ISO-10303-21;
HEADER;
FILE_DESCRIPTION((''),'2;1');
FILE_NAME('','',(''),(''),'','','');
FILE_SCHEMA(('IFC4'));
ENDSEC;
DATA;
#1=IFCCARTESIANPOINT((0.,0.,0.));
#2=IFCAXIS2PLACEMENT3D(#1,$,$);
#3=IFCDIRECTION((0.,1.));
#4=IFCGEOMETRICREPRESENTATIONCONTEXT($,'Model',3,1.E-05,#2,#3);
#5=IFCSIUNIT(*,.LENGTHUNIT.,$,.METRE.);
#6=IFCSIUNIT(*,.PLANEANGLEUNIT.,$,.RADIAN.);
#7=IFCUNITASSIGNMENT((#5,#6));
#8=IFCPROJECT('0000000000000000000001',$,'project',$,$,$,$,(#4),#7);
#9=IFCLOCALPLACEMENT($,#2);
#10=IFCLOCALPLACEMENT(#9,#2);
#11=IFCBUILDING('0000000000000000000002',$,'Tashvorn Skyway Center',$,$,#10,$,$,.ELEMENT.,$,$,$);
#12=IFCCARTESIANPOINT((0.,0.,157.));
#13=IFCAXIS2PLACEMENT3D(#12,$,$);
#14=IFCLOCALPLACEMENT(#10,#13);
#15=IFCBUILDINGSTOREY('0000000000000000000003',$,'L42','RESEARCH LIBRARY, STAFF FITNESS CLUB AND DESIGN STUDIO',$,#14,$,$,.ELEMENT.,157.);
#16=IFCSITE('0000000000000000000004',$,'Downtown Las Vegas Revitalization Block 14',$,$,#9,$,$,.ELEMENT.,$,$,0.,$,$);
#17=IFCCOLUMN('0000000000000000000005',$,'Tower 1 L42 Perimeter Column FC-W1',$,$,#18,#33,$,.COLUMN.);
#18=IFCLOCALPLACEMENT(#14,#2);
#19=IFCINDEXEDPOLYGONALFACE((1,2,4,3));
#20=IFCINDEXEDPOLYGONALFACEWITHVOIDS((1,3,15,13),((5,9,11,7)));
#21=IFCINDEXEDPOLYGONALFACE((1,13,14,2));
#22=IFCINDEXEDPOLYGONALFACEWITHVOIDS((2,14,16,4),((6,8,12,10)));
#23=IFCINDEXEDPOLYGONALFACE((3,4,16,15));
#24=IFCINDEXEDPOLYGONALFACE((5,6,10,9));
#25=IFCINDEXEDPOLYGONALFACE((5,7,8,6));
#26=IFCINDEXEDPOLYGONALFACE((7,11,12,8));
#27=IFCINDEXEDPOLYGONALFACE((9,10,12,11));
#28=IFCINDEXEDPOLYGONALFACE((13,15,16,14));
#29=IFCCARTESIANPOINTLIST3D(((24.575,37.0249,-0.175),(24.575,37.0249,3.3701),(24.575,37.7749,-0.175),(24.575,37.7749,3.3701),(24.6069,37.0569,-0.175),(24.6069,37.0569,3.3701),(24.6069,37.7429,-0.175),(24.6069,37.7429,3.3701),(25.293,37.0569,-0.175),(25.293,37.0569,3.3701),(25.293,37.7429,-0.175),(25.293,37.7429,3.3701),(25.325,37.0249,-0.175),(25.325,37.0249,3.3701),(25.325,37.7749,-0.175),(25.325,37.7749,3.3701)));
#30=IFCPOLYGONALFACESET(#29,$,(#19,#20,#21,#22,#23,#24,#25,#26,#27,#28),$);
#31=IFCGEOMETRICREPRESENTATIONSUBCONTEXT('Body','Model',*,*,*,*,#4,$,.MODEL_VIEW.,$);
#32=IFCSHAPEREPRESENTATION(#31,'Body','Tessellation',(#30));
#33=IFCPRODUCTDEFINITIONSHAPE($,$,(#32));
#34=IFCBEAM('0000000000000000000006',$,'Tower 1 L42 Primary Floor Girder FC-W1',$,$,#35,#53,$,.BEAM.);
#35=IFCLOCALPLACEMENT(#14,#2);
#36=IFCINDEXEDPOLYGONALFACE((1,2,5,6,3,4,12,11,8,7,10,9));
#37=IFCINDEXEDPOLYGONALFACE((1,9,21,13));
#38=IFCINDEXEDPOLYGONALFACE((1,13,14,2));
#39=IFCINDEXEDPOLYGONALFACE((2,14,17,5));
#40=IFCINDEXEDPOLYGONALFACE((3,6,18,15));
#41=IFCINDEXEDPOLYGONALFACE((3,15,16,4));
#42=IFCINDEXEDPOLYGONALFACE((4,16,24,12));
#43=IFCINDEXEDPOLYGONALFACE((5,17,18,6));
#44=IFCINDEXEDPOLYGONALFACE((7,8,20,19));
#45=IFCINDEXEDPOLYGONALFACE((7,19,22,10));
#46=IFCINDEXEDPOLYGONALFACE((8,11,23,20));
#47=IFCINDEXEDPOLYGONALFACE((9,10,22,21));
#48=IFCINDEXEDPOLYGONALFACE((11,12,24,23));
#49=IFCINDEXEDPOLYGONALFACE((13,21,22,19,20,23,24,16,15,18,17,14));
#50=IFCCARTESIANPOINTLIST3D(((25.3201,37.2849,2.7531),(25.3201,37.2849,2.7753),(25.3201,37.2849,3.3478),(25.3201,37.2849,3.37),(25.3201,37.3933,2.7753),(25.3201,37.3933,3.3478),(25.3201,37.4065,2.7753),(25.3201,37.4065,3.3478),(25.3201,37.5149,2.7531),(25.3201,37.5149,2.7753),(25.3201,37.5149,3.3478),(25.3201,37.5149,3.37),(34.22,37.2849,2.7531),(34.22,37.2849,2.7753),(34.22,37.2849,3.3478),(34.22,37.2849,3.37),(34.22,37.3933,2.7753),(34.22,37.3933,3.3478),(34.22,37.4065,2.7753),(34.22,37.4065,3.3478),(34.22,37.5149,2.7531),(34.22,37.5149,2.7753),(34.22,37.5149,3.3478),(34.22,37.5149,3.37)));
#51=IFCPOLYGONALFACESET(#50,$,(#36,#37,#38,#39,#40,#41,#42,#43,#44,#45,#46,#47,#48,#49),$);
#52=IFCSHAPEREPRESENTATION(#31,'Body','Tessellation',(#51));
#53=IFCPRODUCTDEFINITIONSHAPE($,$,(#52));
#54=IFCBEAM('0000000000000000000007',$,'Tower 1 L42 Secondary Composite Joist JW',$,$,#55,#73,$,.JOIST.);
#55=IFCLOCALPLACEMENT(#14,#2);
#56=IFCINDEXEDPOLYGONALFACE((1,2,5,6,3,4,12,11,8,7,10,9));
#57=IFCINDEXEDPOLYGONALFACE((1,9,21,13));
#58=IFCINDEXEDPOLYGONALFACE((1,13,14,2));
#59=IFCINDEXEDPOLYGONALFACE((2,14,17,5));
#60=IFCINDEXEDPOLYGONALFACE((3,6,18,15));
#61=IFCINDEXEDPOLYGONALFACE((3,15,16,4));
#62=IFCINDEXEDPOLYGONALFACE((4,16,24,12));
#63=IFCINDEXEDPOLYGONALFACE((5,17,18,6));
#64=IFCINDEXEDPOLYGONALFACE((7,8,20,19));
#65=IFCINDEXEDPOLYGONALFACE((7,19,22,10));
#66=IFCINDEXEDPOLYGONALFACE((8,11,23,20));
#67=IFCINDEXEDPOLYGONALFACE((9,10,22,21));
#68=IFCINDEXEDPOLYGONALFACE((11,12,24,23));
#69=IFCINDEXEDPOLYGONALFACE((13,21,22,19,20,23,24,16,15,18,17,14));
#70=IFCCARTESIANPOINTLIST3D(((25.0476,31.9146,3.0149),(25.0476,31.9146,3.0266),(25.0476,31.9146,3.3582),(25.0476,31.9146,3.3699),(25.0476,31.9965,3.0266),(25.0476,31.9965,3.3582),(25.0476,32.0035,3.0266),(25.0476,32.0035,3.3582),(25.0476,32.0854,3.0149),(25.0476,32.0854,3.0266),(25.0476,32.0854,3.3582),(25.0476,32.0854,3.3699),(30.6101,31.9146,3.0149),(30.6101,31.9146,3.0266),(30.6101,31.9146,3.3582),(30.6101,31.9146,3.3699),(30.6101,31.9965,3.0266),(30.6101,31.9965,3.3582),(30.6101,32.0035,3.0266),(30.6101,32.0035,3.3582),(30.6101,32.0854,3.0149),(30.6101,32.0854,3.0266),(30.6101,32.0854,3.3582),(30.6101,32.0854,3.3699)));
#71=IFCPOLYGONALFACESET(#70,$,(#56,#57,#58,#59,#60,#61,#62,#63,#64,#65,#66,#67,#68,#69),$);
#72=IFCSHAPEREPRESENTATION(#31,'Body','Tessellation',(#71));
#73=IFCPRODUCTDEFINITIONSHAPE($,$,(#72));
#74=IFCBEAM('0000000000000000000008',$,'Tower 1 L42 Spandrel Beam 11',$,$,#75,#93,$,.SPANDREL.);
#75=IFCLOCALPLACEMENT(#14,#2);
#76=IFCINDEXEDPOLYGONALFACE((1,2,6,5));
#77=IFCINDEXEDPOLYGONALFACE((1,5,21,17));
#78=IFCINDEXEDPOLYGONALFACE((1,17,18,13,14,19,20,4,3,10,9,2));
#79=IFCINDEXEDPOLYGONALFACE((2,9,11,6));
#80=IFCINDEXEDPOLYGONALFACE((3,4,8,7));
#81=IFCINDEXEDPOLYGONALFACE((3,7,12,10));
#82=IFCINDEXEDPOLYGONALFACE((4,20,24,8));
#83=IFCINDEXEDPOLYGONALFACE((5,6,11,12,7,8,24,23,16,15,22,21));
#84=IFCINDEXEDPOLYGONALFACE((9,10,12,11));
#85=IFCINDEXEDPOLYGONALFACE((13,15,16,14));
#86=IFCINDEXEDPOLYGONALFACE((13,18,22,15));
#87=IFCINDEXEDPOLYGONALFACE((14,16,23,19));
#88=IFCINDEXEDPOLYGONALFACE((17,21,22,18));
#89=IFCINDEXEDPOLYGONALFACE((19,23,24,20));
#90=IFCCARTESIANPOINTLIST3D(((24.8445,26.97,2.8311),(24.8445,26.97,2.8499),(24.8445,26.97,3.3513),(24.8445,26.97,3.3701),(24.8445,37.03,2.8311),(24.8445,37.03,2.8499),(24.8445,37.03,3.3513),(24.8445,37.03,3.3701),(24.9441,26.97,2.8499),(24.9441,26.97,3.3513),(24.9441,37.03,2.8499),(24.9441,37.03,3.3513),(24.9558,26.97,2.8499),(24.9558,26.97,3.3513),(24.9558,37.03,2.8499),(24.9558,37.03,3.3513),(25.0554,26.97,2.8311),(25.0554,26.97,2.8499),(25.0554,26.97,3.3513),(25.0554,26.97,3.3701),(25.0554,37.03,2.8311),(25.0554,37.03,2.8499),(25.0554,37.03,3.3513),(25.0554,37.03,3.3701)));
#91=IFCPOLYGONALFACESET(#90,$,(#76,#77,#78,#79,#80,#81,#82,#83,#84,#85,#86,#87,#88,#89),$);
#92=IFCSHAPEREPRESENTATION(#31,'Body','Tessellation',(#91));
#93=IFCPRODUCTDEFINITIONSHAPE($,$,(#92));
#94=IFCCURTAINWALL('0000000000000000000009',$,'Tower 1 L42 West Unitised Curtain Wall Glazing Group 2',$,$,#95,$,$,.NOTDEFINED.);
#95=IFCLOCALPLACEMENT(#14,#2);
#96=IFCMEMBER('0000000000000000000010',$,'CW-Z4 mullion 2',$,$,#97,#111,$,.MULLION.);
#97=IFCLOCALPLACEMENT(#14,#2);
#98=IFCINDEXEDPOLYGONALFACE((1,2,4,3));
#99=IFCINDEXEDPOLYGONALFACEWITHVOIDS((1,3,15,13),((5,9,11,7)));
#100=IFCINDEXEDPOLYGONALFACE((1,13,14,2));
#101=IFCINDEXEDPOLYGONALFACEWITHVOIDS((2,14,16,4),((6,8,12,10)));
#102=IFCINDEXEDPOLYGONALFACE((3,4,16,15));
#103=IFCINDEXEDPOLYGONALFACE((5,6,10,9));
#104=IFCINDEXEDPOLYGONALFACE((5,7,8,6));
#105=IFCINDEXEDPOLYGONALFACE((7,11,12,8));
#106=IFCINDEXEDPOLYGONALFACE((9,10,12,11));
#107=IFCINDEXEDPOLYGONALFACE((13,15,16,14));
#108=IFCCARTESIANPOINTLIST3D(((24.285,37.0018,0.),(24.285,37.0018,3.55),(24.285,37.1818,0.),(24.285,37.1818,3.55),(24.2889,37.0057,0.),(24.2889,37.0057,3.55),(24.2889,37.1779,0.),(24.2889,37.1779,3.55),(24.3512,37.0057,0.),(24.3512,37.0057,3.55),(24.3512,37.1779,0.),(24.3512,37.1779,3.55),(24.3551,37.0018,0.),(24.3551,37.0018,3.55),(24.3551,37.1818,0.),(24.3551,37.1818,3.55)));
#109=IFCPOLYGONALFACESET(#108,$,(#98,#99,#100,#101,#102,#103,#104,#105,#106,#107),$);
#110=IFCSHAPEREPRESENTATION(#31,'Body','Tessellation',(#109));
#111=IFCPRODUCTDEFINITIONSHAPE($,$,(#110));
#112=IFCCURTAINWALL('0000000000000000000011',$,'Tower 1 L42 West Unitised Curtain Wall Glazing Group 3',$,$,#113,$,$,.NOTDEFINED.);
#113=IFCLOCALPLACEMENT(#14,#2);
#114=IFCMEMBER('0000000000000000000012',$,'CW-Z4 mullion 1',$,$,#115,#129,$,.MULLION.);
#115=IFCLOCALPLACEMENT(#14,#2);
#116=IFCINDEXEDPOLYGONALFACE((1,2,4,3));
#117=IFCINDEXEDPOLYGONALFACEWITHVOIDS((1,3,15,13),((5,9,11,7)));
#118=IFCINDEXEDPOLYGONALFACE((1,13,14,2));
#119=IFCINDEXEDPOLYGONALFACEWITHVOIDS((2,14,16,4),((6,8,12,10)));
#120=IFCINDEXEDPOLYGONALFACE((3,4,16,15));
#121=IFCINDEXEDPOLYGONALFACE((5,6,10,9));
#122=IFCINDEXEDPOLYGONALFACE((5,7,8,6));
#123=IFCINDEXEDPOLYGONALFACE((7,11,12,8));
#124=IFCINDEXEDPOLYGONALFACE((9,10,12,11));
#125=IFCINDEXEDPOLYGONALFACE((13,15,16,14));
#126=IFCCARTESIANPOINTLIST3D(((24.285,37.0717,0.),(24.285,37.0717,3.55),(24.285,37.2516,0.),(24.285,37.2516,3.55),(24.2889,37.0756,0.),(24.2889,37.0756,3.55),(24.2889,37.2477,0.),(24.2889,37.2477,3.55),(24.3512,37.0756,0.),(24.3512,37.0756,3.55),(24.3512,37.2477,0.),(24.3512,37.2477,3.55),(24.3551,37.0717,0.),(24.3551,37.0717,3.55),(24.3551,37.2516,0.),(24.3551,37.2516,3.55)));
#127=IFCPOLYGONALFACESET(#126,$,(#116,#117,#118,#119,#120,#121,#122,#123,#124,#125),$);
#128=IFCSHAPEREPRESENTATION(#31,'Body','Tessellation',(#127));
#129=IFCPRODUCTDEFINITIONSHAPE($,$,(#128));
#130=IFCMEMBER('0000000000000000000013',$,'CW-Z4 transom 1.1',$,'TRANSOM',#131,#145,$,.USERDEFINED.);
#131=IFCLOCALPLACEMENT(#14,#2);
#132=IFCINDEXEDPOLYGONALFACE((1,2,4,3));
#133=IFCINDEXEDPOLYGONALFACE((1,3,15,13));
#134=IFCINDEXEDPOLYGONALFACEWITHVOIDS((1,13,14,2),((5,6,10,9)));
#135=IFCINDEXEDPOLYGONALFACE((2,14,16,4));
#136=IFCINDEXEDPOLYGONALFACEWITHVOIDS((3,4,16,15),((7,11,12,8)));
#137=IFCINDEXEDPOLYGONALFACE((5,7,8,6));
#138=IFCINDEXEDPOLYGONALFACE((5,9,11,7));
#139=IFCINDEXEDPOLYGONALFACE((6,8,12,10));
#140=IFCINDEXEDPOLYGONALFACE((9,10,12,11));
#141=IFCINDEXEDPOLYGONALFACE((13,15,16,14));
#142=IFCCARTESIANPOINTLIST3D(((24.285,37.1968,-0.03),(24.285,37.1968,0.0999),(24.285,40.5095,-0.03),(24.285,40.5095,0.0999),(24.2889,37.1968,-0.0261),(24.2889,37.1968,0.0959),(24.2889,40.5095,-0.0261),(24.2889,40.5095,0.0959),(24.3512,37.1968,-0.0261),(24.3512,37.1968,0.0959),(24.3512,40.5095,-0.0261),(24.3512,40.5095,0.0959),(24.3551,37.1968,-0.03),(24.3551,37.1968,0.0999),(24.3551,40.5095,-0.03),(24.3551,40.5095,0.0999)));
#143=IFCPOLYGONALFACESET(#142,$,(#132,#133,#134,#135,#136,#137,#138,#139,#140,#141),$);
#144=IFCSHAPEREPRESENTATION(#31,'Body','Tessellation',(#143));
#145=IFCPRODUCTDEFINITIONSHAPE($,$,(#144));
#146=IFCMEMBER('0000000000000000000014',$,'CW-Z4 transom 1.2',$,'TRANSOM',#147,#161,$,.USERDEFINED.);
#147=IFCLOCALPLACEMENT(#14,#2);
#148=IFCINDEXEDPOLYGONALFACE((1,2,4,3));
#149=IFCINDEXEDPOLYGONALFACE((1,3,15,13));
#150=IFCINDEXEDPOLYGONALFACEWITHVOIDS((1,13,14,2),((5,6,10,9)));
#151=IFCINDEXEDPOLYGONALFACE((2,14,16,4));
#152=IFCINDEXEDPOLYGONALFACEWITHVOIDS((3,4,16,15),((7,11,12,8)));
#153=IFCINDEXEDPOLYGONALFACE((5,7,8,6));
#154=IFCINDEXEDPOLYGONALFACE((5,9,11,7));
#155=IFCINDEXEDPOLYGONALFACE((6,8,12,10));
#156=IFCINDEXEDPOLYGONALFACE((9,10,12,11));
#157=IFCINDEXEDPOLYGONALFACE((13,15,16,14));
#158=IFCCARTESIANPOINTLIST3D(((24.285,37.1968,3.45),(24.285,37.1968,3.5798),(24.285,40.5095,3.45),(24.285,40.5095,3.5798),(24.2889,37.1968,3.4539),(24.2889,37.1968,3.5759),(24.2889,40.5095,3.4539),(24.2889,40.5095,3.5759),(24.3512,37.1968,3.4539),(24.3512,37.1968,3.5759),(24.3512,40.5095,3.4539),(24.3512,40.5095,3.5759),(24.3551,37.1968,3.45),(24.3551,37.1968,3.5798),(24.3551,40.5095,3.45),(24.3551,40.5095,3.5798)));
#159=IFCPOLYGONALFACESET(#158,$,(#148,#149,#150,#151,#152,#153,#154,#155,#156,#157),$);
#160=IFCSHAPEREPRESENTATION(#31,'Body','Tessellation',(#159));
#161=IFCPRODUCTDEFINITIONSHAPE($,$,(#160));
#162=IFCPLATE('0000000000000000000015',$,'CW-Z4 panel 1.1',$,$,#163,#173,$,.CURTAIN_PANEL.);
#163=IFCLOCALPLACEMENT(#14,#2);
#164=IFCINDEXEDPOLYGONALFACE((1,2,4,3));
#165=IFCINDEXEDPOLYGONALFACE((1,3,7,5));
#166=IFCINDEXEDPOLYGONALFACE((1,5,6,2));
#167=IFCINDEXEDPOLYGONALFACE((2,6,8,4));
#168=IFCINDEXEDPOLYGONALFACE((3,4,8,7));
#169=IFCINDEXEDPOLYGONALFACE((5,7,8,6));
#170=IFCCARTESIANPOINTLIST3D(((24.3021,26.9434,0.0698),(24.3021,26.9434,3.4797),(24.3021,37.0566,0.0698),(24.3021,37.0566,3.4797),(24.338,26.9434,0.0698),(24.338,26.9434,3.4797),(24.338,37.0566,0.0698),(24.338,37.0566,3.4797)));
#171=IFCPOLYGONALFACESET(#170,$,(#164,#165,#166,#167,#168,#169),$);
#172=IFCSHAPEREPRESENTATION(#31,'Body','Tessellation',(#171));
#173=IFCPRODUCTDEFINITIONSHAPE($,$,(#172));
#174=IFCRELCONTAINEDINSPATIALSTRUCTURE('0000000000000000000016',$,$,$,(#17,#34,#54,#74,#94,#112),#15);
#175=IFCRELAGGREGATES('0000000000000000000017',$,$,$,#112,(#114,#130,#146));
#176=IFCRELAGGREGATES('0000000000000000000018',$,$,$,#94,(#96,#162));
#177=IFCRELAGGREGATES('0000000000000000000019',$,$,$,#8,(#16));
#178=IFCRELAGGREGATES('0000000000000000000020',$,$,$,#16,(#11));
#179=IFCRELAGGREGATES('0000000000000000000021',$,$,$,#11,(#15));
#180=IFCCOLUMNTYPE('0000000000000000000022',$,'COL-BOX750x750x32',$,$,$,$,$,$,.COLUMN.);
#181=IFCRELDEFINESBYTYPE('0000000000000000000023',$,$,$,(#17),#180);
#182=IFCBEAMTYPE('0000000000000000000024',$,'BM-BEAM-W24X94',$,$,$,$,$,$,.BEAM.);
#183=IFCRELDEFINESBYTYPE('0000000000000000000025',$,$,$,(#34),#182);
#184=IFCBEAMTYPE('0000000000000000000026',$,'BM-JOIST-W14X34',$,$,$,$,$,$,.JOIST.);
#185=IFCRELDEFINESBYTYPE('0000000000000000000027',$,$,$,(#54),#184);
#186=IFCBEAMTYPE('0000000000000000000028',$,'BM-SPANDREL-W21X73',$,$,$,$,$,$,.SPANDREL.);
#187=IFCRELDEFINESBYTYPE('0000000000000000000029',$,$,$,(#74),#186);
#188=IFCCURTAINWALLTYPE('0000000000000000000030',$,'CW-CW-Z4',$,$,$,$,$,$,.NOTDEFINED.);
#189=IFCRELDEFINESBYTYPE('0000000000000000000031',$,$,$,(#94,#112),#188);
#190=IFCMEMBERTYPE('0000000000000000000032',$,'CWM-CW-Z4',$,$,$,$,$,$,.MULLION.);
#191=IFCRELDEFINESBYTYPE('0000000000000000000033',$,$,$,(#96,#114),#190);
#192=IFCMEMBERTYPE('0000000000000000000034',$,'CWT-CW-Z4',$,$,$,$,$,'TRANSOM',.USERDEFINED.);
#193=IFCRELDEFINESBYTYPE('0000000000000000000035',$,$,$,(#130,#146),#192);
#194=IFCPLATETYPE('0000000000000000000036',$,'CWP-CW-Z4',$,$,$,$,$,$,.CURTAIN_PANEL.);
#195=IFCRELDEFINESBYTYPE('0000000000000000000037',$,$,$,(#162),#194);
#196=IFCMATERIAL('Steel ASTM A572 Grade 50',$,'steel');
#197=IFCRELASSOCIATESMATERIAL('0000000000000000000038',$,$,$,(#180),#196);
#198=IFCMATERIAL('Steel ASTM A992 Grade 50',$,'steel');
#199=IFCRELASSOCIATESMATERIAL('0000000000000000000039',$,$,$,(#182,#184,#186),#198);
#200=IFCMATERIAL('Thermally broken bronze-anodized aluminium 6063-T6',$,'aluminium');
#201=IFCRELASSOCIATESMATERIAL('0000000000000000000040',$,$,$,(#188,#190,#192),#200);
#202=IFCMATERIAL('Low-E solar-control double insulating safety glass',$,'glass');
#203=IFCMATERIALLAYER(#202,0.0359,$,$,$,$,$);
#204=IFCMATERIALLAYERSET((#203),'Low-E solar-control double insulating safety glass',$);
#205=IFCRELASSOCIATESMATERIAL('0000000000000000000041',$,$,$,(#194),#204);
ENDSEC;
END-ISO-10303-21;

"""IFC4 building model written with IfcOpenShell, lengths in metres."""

from ifc_helpers import new_model, si_unit, direction, frame, origin, origin_2d, place, context, subcontext, project, spatial, rectangle, hollow_rectangle, i_section, extrude, material, layer, layer_set, material_profile, profile_set, type_object, element, aggregate, save


model = new_model("IFC4")

# Units and contexts
model_context = context("Model", 3, precision=1e-05, world=origin(), true_north=direction((0.0, 1.0)))
body_context = subcontext(model_context, "Body", "Model", "MODEL_VIEW")
ifc_project = project(units=[si_unit("LENGTHUNIT", "METRE"), si_unit("PLANEANGLEUNIT", "RADIAN")], contexts=[model_context])

# Site, building, storey
site_placement = place(None, origin())
site = spatial("IfcSite", under=ifc_project, at=site_placement, Name="Downtown Las Vegas Revitalization Block 14", CompositionType="ELEMENT", RefElevation=0.0)
building_placement = place(site_placement, origin())
building = spatial("IfcBuilding", under=site, at=building_placement, Name="Tashvorn Skyway Center", CompositionType="ELEMENT")
storey_placement = place(building_placement, frame((0.0, 0.0, 157.0)))
storey = spatial("IfcBuildingStorey", under=building, at=storey_placement, Name="L42", Description="RESEARCH LIBRARY, STAFF FITNESS CLUB AND DESIGN STUDIO", CompositionType="ELEMENT", Elevation=157.0)

# Column
ifc_material_1 = material(Name="Steel ASTM A572 Grade 50", Category="steel")
ifc_material_profile_1 = material_profile(ifc_material_1, hollow_rectangle(XDim=0.75, YDim=0.75, WallThickness=0.032, at=origin_2d()), Name="BOX750x750x32")
ifc_profile_set_1 = profile_set([ifc_material_profile_1], Name="Steel ASTM A572 Grade 50")
column_type = type_object("IfcColumnType", Name="COL-BOX750x750x32", PredefinedType="COLUMN", material=ifc_profile_set_1)
column_placement = place(storey_placement, frame((24.95, 37.3999, -0.175), z_axis=(0.0, 0.0, 1.0), x_axis=(1.0, 0.0, 0.0)))
element("IfcColumn", 1, at=column_placement, inside=storey, type_object=column_type, Name="Tower 1 L42 Perimeter Column FC-W1", PredefinedType="COLUMN", context=body_context, shape_type="SweptSolid", body=[
    extrude(hollow_rectangle(XDim=0.75, YDim=0.75, WallThickness=0.032, at=origin_2d()), origin(), (0.0, 0.0, 1.0), 3.5452),
])

# Beams
ifc_material_2 = material(Name="Steel ASTM A992 Grade 50", Category="steel")
ifc_material_profile_2 = material_profile(ifc_material_2, i_section(OverallWidth=0.23, OverallDepth=0.6169, WebThickness=0.0132, FlangeThickness=0.0222, at=origin_2d()), Name="W24X94")
ifc_profile_set_2 = profile_set([ifc_material_profile_2], Name="Steel ASTM A992 Grade 50")
beam_type_1 = type_object("IfcBeamType", Name="BM-BEAM-W24X94", PredefinedType="BEAM", material=ifc_profile_set_2)
beam_1_placement = place(storey_placement, frame((25.3201, 37.3999, 3.0615), z_axis=(1.0, 0.0, 0.0), x_axis=(0.0, 1.0, 0.0)))
element("IfcBeam", 2, at=beam_1_placement, inside=storey, type_object=beam_type_1, Name="Tower 1 L42 Primary Floor Girder FC-W1", PredefinedType="BEAM", context=body_context, shape_type="SweptSolid", body=[
    extrude(i_section(OverallWidth=0.23, OverallDepth=0.6169, WebThickness=0.0132, FlangeThickness=0.0222, at=origin_2d()), origin(), (0.0, 0.0, 1.0), 8.8999),
])
ifc_material_profile_3 = material_profile(ifc_material_2, i_section(OverallWidth=0.1709, OverallDepth=0.355, WebThickness=0.0071, FlangeThickness=0.0117, at=origin_2d()), Name="W14X34")
ifc_profile_set_3 = profile_set([ifc_material_profile_3], Name="Steel ASTM A992 Grade 50")
beam_type_2 = type_object("IfcBeamType", Name="BM-JOIST-W14X34", PredefinedType="JOIST", material=ifc_profile_set_3)
beam_2_placement = place(storey_placement, frame((30.6101, 32.0, 3.1924), z_axis=(-1.0, 0.0, 0.0), x_axis=(0.0, -1.0, 0.0)))
element("IfcBeam", 3, at=beam_2_placement, inside=storey, type_object=beam_type_2, Name="Tower 1 L42 Secondary Composite Joist JW", PredefinedType="JOIST", context=body_context, shape_type="SweptSolid", body=[
    extrude(i_section(OverallWidth=0.1709, OverallDepth=0.355, WebThickness=0.0071, FlangeThickness=0.0117, at=origin_2d()), origin(), (0.0, 0.0, 1.0), 5.5625),
])
ifc_material_profile_4 = material_profile(ifc_material_2, i_section(OverallWidth=0.2109, OverallDepth=0.5391, WebThickness=0.0117, FlangeThickness=0.0188, at=origin_2d()), Name="W21X73")
ifc_profile_set_4 = profile_set([ifc_material_profile_4], Name="Steel ASTM A992 Grade 50")
beam_type_3 = type_object("IfcBeamType", Name="BM-SPANDREL-W21X73", PredefinedType="SPANDREL", material=ifc_profile_set_4)
beam_3_placement = place(storey_placement, frame((24.95, 37.03, 3.1006), z_axis=(0.0, -1.0, 0.0), x_axis=(1.0, 0.0, 0.0)))
element("IfcBeam", 4, at=beam_3_placement, inside=storey, type_object=beam_type_3, Name="Tower 1 L42 Spandrel Beam 11", PredefinedType="SPANDREL", context=body_context, shape_type="SweptSolid", body=[
    extrude(i_section(OverallWidth=0.2109, OverallDepth=0.5391, WebThickness=0.0117, FlangeThickness=0.0188, at=origin_2d()), origin(), (0.0, 0.0, 1.0), 10.0601),
])

# Curtain wall, member
ifc_material_3 = material(Name="Thermally broken bronze-anodized aluminium 6063-T6", Category="aluminium")
curtain_wall_type = type_object("IfcCurtainWallType", Name="CW-CW-Z4", PredefinedType="NOTDEFINED", material=ifc_material_3)
curtain_wall_1_placement = place(storey_placement, origin())
curtain_wall_1 = element("IfcCurtainWall", 5, at=curtain_wall_1_placement, inside=storey, type_object=curtain_wall_type, Name="Tower 1 L42 West Unitised Curtain Wall Glazing Group 2", PredefinedType="NOTDEFINED")
ifc_material_profile_5 = material_profile(ifc_material_3, hollow_rectangle(XDim=0.0701, YDim=0.1799, WallThickness=0.0039, at=origin_2d()), Name="ALU-MULL-70x180")
ifc_profile_set_5 = profile_set([ifc_material_profile_5], Name="Thermally broken bronze-anodized aluminium 6063-T6")
member_type_1 = type_object("IfcMemberType", Name="CWM-CW-Z4", PredefinedType="MULLION", material=ifc_profile_set_5)
member_1_placement = place(storey_placement, frame((24.3201, 37.0918, 0.0), z_axis=(0.0, 0.0, 1.0), x_axis=(-1.0, 0.0, 0.0)))
member_1 = element("IfcMember", 6, at=member_1_placement, type_object=member_type_1, Name="CW-Z4 mullion 2", PredefinedType="MULLION", context=body_context, shape_type="SweptSolid", body=[
    extrude(hollow_rectangle(XDim=0.0701, YDim=0.1799, WallThickness=0.0039, at=origin_2d()), origin(), (0.0, 0.0, 1.0), 3.55),
])

# Curtain wall, members
curtain_wall_2_placement = place(storey_placement, origin())
curtain_wall_2 = element("IfcCurtainWall", 7, at=curtain_wall_2_placement, inside=storey, type_object=curtain_wall_type, Name="Tower 1 L42 West Unitised Curtain Wall Glazing Group 3", PredefinedType="NOTDEFINED")
member_2_placement = place(storey_placement, frame((24.3201, 37.1616, 0.0), z_axis=(0.0, 0.0, 1.0), x_axis=(-1.0, 0.0, 0.0)))
member_2 = element("IfcMember", 8, at=member_2_placement, type_object=member_type_1, Name="CW-Z4 mullion 1", PredefinedType="MULLION", context=body_context, shape_type="SweptSolid", body=[
    extrude(hollow_rectangle(XDim=0.0701, YDim=0.1799, WallThickness=0.0039, at=origin_2d()), origin(), (0.0, 0.0, 1.0), 3.55),
])
ifc_material_profile_6 = material_profile(ifc_material_3, hollow_rectangle(XDim=0.0701, YDim=0.1299, WallThickness=0.0039, at=origin_2d()), Name="ALU-TRAN-70x130")
ifc_profile_set_6 = profile_set([ifc_material_profile_6], Name="Thermally broken bronze-anodized aluminium 6063-T6")
member_type_2 = type_object("IfcMemberType", Name="CWT-CW-Z4", ElementType="TRANSOM", PredefinedType="USERDEFINED", material=ifc_profile_set_6)
member_3_placement = place(storey_placement, frame((24.3201, 37.1968, 0.0349), z_axis=(0.0, 1.0, 0.0), x_axis=(-1.0, 0.0, 0.0)))
member_3 = element("IfcMember", 9, at=member_3_placement, type_object=member_type_2, Name="CW-Z4 transom 1.1", ObjectType="TRANSOM", PredefinedType="USERDEFINED", context=body_context, shape_type="SweptSolid", body=[
    extrude(hollow_rectangle(XDim=0.0701, YDim=0.1299, WallThickness=0.0039, at=origin_2d()), origin(), (0.0, 0.0, 1.0), 3.3127),
])
member_4_placement = place(storey_placement, frame((24.3201, 37.1968, 3.5149), z_axis=(0.0, 1.0, 0.0), x_axis=(-1.0, 0.0, 0.0)))
member_4 = element("IfcMember", 10, at=member_4_placement, type_object=member_type_2, Name="CW-Z4 transom 1.2", ObjectType="TRANSOM", PredefinedType="USERDEFINED", context=body_context, shape_type="SweptSolid", body=[
    extrude(hollow_rectangle(XDim=0.0701, YDim=0.1299, WallThickness=0.0039, at=origin_2d()), origin(), (0.0, 0.0, 1.0), 3.3127),
])
aggregate(curtain_wall_2, [member_2, member_3, member_4])

# Plate
ifc_material_4 = material(Name="Low-E solar-control double insulating safety glass", Category="glass")
ifc_layer_1 = layer(ifc_material_4, 0.0359)
ifc_layer_set_1 = layer_set([ifc_layer_1], Name="Low-E solar-control double insulating safety glass")
plate_type_1 = type_object("IfcPlateType", Name="CWP-CW-Z4", PredefinedType="CURTAIN_PANEL", material=ifc_layer_set_1)
plate_1_placement = place(storey_placement, frame((24.3201, 32.0, 0.0698), z_axis=(0.0, 0.0, 1.0), x_axis=(0.0, 1.0, 0.0)))
plate_1 = element("IfcPlate", 11, at=plate_1_placement, type_object=plate_type_1, Name="CW-Z4 panel 1.1", PredefinedType="CURTAIN_PANEL", context=body_context, shape_type="SweptSolid", body=[
    extrude(rectangle(XDim=10.1133, YDim=0.0359, at=origin_2d()), origin(), (0.0, 0.0, 1.0), 3.4099),
])
aggregate(curtain_wall_1, [member_1, plate_1])

save(model, "model.ifc")
